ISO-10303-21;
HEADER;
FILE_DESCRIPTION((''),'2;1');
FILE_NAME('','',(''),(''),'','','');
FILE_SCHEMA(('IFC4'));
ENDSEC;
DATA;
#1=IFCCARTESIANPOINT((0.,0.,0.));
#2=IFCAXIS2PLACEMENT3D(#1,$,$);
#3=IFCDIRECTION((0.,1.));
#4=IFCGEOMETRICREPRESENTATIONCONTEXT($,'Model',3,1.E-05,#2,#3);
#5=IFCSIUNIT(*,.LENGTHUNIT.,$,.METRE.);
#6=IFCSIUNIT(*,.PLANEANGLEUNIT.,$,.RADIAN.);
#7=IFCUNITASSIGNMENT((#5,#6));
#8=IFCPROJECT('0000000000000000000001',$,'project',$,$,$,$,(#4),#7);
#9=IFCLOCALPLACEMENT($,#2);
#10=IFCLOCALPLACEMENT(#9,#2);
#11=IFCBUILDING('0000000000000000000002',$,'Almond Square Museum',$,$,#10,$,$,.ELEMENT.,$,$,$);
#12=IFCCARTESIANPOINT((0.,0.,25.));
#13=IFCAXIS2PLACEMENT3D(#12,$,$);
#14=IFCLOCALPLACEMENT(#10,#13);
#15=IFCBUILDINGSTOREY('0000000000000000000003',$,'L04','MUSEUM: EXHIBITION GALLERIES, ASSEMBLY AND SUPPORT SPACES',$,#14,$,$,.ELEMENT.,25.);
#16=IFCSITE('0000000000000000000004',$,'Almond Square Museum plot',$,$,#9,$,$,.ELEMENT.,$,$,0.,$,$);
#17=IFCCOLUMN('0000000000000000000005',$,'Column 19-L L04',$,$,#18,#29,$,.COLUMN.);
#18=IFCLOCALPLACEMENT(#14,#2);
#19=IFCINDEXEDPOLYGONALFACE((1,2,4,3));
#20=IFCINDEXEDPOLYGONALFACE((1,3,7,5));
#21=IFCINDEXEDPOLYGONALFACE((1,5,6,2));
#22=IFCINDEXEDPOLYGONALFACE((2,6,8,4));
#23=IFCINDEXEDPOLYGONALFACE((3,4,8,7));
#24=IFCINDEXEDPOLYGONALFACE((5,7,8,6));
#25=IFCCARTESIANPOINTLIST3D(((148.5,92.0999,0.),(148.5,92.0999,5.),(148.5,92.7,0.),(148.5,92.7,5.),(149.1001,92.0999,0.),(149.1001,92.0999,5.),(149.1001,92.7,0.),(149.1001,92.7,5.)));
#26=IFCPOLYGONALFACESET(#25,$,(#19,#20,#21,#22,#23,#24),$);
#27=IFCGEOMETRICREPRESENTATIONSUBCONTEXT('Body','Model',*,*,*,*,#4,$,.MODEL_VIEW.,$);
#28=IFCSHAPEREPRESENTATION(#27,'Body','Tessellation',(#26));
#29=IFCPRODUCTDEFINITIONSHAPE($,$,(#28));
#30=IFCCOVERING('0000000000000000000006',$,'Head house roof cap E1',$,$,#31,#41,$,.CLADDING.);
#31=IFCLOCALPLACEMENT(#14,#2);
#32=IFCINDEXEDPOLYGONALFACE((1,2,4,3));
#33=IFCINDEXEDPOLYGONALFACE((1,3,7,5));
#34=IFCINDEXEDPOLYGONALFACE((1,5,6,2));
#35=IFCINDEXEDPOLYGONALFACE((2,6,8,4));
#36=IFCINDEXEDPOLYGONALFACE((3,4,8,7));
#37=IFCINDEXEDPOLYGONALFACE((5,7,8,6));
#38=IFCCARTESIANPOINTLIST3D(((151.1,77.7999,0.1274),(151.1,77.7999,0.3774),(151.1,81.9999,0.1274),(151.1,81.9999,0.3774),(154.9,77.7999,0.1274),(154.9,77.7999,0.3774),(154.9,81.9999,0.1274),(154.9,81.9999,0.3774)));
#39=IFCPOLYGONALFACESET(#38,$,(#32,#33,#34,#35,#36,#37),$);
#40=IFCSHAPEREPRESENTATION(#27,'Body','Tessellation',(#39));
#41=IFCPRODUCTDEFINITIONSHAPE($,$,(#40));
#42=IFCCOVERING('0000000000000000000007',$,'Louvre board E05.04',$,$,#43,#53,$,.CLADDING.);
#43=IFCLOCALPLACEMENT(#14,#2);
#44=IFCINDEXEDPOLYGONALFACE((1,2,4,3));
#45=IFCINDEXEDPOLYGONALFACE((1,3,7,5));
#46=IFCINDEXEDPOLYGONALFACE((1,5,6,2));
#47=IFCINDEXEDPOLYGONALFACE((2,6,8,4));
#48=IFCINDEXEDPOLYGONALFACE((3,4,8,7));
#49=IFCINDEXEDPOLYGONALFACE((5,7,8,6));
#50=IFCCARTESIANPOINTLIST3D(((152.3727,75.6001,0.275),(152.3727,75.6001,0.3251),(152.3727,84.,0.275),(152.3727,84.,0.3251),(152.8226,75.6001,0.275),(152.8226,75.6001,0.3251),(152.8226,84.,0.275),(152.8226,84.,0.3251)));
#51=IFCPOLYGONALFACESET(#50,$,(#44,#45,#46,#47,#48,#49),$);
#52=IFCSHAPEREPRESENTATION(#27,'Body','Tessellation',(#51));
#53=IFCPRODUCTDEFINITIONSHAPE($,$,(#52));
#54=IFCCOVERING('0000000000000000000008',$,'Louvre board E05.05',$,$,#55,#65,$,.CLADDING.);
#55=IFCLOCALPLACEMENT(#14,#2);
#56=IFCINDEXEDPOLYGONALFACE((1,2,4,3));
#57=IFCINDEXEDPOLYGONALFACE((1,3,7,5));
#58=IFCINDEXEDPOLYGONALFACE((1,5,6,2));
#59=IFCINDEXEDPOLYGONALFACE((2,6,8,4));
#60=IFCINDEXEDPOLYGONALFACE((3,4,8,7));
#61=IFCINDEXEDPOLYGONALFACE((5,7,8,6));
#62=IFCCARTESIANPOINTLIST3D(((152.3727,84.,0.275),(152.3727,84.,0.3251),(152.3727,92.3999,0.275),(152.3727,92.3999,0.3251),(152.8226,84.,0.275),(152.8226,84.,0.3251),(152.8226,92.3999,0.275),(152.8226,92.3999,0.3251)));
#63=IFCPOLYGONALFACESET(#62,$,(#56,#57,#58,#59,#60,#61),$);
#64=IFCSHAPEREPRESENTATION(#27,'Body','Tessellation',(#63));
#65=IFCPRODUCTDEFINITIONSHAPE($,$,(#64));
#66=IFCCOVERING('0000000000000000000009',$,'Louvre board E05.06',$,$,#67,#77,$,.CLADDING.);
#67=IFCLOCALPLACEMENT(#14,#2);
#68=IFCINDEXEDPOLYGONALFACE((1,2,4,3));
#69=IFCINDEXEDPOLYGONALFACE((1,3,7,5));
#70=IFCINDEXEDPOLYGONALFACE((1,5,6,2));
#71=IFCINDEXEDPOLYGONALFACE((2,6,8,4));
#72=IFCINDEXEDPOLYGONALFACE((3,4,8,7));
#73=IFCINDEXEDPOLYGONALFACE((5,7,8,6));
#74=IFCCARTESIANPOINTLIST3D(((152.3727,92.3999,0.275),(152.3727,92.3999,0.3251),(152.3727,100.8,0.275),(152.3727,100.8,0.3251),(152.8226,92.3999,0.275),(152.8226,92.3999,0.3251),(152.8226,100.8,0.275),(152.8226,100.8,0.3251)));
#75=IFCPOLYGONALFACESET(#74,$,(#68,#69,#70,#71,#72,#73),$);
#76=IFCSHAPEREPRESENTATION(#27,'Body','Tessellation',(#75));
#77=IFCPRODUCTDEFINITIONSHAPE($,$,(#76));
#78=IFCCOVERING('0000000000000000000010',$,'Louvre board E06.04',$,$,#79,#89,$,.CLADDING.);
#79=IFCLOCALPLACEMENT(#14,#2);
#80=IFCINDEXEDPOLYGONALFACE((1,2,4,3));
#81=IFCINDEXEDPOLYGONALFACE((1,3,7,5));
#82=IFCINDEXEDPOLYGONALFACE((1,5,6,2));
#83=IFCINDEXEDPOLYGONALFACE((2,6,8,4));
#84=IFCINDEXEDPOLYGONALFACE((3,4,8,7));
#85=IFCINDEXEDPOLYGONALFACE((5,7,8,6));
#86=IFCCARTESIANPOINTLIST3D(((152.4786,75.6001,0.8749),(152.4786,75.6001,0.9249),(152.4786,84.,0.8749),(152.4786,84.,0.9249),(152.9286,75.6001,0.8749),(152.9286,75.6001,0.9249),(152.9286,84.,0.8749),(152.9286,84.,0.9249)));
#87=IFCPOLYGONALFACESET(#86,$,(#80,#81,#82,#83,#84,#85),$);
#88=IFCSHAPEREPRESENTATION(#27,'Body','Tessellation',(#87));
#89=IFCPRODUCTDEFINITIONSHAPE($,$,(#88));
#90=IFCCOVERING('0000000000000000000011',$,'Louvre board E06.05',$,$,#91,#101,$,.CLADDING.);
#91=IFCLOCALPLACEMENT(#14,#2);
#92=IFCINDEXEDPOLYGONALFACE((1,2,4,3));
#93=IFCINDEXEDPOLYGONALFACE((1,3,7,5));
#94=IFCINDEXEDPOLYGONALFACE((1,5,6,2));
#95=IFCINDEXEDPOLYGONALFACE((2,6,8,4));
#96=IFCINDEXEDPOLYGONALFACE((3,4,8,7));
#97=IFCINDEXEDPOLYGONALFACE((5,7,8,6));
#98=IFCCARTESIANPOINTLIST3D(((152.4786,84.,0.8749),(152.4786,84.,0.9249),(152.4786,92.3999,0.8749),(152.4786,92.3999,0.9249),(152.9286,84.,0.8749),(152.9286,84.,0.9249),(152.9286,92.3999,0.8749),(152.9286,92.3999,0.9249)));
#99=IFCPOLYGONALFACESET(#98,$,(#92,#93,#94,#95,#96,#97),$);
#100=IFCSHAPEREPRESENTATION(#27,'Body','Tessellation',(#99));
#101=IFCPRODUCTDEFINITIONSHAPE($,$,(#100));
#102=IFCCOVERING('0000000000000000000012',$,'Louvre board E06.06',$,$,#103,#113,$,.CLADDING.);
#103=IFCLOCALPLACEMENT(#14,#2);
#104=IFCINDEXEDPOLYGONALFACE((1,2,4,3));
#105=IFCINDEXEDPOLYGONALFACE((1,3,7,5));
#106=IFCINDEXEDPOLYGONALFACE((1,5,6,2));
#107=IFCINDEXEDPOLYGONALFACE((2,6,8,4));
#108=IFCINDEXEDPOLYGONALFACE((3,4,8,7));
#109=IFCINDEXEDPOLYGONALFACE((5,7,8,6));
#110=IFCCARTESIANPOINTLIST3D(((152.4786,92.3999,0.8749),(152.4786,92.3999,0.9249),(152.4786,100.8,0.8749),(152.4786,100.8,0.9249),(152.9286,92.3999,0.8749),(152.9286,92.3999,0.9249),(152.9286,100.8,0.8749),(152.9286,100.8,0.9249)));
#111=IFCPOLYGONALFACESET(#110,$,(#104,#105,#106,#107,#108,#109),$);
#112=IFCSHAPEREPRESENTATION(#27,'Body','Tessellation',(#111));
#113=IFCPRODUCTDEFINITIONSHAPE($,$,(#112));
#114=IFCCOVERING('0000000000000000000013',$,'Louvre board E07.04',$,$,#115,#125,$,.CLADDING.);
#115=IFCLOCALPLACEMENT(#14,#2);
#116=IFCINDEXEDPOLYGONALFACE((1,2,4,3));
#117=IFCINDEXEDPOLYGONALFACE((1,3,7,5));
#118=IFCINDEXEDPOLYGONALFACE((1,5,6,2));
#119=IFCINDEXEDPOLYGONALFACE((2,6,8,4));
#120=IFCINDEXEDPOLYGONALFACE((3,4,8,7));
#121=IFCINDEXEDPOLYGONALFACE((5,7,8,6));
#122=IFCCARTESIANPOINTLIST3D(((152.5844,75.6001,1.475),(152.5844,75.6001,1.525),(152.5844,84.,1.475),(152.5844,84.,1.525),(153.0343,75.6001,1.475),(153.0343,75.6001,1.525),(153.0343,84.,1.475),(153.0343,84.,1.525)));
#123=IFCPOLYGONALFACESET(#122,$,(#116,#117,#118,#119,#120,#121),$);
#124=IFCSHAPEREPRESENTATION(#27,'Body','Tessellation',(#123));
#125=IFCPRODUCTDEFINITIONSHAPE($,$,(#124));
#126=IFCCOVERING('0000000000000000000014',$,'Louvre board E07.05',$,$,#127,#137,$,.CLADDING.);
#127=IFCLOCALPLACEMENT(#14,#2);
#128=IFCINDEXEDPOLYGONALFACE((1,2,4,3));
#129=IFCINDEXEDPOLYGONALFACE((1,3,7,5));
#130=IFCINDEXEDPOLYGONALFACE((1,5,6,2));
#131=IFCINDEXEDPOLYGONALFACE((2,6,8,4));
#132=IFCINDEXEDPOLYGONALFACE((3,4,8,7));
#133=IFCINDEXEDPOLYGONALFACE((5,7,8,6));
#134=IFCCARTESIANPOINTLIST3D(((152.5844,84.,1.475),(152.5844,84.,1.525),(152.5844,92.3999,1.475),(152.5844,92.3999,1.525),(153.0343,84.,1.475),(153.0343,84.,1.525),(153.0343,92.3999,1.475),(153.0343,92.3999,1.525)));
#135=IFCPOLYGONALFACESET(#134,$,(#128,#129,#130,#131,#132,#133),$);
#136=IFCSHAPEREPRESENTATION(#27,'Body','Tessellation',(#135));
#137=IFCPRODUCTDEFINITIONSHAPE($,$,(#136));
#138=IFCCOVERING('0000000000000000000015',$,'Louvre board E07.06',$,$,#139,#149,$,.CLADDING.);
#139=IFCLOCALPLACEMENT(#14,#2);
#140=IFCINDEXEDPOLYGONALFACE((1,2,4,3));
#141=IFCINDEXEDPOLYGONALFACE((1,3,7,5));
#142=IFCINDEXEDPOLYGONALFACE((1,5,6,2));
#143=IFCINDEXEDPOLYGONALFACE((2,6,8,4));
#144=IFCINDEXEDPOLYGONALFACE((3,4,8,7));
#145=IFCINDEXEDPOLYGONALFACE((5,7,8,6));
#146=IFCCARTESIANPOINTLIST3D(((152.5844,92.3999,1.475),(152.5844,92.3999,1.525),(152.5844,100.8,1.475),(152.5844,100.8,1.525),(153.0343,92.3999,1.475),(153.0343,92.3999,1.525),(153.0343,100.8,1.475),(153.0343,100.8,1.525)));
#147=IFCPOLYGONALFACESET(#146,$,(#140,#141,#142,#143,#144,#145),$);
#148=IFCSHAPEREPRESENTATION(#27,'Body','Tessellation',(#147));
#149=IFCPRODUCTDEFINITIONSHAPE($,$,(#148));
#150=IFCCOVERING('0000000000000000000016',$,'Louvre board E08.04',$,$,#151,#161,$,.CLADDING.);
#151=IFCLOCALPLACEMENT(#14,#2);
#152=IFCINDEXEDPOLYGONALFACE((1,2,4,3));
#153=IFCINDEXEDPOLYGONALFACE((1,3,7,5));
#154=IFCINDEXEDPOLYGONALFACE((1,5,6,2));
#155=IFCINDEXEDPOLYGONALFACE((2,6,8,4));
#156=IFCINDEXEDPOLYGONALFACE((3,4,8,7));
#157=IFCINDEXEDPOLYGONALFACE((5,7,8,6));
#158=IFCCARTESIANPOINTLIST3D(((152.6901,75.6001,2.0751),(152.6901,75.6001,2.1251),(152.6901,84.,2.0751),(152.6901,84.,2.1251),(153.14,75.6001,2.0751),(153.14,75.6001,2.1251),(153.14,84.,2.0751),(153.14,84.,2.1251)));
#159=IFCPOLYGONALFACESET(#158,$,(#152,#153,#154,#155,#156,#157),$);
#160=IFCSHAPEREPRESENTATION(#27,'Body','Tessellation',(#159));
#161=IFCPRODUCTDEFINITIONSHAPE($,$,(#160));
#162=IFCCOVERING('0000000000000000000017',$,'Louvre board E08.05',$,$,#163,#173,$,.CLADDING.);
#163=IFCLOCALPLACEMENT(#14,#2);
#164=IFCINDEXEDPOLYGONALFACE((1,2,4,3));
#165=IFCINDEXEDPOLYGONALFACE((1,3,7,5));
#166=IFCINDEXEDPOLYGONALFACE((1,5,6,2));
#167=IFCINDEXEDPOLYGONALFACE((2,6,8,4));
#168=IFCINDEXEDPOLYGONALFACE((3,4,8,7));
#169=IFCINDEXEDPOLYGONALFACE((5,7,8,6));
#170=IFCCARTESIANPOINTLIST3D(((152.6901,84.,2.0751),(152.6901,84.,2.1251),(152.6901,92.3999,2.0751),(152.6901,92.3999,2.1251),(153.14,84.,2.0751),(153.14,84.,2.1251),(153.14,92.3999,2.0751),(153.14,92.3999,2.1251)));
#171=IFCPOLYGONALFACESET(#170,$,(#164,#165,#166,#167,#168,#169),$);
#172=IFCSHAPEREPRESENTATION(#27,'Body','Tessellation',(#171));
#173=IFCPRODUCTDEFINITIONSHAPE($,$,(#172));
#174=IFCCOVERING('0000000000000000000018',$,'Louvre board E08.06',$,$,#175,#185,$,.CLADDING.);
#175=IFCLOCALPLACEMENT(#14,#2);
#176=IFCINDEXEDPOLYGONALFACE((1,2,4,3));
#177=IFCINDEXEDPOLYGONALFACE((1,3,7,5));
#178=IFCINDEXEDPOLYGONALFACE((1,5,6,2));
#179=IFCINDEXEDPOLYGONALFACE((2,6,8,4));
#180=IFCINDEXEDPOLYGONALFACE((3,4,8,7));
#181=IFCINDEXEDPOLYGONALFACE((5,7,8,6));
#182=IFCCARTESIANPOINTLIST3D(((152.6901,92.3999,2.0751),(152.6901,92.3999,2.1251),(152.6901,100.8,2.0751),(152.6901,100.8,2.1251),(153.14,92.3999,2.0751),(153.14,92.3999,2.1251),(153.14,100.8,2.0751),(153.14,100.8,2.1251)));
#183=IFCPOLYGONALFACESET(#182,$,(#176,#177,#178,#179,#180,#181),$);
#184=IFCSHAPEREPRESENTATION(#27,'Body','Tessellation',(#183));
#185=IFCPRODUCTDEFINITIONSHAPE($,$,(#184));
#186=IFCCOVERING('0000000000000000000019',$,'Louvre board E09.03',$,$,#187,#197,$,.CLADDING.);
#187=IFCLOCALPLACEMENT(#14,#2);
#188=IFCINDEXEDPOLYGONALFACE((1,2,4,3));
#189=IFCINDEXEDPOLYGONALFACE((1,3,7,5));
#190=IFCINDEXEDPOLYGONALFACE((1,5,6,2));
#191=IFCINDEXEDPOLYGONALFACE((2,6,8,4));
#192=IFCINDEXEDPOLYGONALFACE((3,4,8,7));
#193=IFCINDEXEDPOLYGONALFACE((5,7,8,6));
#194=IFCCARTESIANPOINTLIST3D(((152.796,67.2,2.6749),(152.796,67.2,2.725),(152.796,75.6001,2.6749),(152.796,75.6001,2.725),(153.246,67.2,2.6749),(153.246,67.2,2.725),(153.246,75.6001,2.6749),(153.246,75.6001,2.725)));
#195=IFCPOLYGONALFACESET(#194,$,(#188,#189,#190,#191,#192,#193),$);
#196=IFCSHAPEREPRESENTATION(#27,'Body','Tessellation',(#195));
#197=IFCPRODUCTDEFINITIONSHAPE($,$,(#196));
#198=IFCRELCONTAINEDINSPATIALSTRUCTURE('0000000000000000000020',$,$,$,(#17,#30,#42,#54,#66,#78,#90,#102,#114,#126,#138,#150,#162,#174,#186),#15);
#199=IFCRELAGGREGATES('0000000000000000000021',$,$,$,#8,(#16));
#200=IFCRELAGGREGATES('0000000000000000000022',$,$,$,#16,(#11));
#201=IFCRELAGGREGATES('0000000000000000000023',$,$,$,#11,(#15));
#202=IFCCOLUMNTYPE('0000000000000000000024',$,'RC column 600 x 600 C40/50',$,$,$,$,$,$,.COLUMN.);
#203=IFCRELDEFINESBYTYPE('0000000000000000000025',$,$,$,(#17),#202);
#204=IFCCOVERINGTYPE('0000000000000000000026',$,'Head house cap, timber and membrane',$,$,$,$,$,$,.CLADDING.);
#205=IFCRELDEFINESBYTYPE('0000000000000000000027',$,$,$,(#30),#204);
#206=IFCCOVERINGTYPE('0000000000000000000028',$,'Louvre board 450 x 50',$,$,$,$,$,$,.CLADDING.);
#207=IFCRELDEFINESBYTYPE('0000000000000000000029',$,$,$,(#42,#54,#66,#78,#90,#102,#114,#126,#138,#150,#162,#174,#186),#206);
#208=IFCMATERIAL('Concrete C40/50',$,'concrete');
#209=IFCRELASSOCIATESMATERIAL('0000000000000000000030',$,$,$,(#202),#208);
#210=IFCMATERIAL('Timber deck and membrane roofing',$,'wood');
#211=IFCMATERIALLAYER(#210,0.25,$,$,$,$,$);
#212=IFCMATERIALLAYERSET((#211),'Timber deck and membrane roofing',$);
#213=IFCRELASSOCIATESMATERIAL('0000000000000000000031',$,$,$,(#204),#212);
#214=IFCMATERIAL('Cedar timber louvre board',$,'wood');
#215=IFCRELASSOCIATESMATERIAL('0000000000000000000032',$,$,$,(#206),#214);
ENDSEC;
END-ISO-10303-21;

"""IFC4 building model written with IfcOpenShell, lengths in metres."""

from ifc_helpers import new_model, si_unit, direction, frame, origin, origin_2d, place, context, subcontext, project, spatial, rectangle, extrude, material, layer, layer_set, material_profile, profile_set, type_object, element, save


model = new_model("IFC4")

# Units and contexts
model_context = context("Model", 3, precision=1e-05, world=origin(), true_north=direction((0.0, 1.0)))
body_context = subcontext(model_context, "Body", "Model", "MODEL_VIEW")
ifc_project = project(units=[si_unit("LENGTHUNIT", "METRE"), si_unit("PLANEANGLEUNIT", "RADIAN")], contexts=[model_context])

# Site, building, storey
site_placement = place(None, origin())
site = spatial("IfcSite", under=ifc_project, at=site_placement, Name="Almond Square Museum plot", CompositionType="ELEMENT", RefElevation=0.0)
building_placement = place(site_placement, origin())
building = spatial("IfcBuilding", under=site, at=building_placement, Name="Almond Square Museum", CompositionType="ELEMENT")
storey_placement = place(building_placement, frame((0.0, 0.0, 25.0)))
storey = spatial("IfcBuildingStorey", under=building, at=storey_placement, Name="L04", Description="MUSEUM: EXHIBITION GALLERIES, ASSEMBLY AND SUPPORT SPACES", CompositionType="ELEMENT", Elevation=25.0)

# Column
ifc_material_1 = material(Name="Concrete C40/50", Category="concrete")
ifc_material_profile_1 = material_profile(ifc_material_1, rectangle(XDim=0.6001, YDim=0.6001, at=origin_2d()))
ifc_profile_set_1 = profile_set([ifc_material_profile_1], Name="Concrete C40/50")
column_type = type_object("IfcColumnType", Name="RC column 600 x 600 C40/50", PredefinedType="COLUMN", material=ifc_profile_set_1)
column_placement = place(storey_placement, frame((148.8, 92.3999, 0.0), z_axis=(0.0, 0.0, 1.0), x_axis=(1.0, 0.0, 0.0)))
element("IfcColumn", 1, at=column_placement, inside=storey, type_object=column_type, Name="Column 19-L L04", PredefinedType="COLUMN", context=body_context, shape_type="SweptSolid", body=[
    extrude(rectangle(XDim=0.6001, YDim=0.6001, at=origin_2d()), origin(), (0.0, 0.0, 1.0), 5.0),
])

# Coverings
ifc_material_2 = material(Name="Timber deck and membrane roofing", Category="wood")
ifc_layer_1 = layer(ifc_material_2, 0.25)
ifc_layer_set_1 = layer_set([ifc_layer_1], Name="Timber deck and membrane roofing")
covering_type_1 = type_object("IfcCoveringType", Name="Head house cap, timber and membrane", PredefinedType="CLADDING", material=ifc_layer_set_1)
covering_1_placement = place(storey_placement, frame((153.0, 79.8999, 0.1274), z_axis=(0.0, 0.0, 1.0), x_axis=(1.0, 0.0, 0.0)))
element("IfcCovering", 2, at=covering_1_placement, inside=storey, type_object=covering_type_1, Name="Head house roof cap E1", PredefinedType="CLADDING", context=body_context, shape_type="SweptSolid", body=[
    extrude(rectangle(XDim=3.8, YDim=4.2, at=origin_2d()), origin(), (0.0, 0.0, 1.0), 0.25),
])
ifc_material_3 = material(Name="Cedar timber louvre board", Category="wood")
ifc_material_profile_2 = material_profile(ifc_material_3, rectangle(XDim=0.45, YDim=0.05, at=origin_2d()))
ifc_profile_set_2 = profile_set([ifc_material_profile_2], Name="Cedar timber louvre board")
covering_type_2 = type_object("IfcCoveringType", Name="Louvre board 450 x 50", PredefinedType="CLADDING", material=ifc_profile_set_2)
for number, where, z_axis, x_axis, name in (
    (3, (152.5977, 75.6001, 0.3), (0.0, 1.0, 0.0), (-1.0, 0.0, 0.0), "Louvre board E05.04"),
    (4, (152.5977, 84.0, 0.3), (0.0, 1.0, 0.0), (-1.0, 0.0, 0.0), "Louvre board E05.05"),
):
    element("IfcCovering", number, at=place(storey_placement, frame(where, z_axis=z_axis, x_axis=x_axis)), inside=storey, type_object=covering_type_2, Name=name, PredefinedType="CLADDING", context=body_context, shape_type="SweptSolid", body=[
        extrude(rectangle(XDim=0.45, YDim=0.05, at=origin_2d()), origin(), (0.0, 0.0, 1.0), 8.3999),
    ])
covering_2_placement = place(storey_placement, frame((152.5977, 92.3999, 0.3), z_axis=(0.0, 1.0, 0.0), x_axis=(-1.0, 0.0, 0.0)))
element("IfcCovering", 5, at=covering_2_placement, inside=storey, type_object=covering_type_2, Name="Louvre board E05.06", PredefinedType="CLADDING", context=body_context, shape_type="SweptSolid", body=[
    extrude(rectangle(XDim=0.45, YDim=0.05, at=origin_2d()), origin(), (0.0, 0.0, 1.0), 8.4001),
])
for number, where, z_axis, x_axis, name in (
    (6, (152.7036, 75.6001, 0.8999), (0.0, 1.0, 0.0), (-1.0, 0.0, 0.0), "Louvre board E06.04"),
    (7, (152.7036, 84.0, 0.8999), (0.0, 1.0, 0.0), (-1.0, 0.0, 0.0), "Louvre board E06.05"),
):
    element("IfcCovering", number, at=place(storey_placement, frame(where, z_axis=z_axis, x_axis=x_axis)), inside=storey, type_object=covering_type_2, Name=name, PredefinedType="CLADDING", context=body_context, shape_type="SweptSolid", body=[
        extrude(rectangle(XDim=0.45, YDim=0.05, at=origin_2d()), origin(), (0.0, 0.0, 1.0), 8.3999),
    ])
covering_3_placement = place(storey_placement, frame((152.7036, 92.3999, 0.8999), z_axis=(0.0, 1.0, 0.0), x_axis=(-1.0, 0.0, 0.0)))
element("IfcCovering", 8, at=covering_3_placement, inside=storey, type_object=covering_type_2, Name="Louvre board E06.06", PredefinedType="CLADDING", context=body_context, shape_type="SweptSolid", body=[
    extrude(rectangle(XDim=0.45, YDim=0.05, at=origin_2d()), origin(), (0.0, 0.0, 1.0), 8.4001),
])
for number, where, z_axis, x_axis, name in (
    (9, (152.8093, 75.6001, 1.5), (0.0, 1.0, 0.0), (-1.0, 0.0, 0.0), "Louvre board E07.04"),
    (10, (152.8093, 84.0, 1.5), (0.0, 1.0, 0.0), (-1.0, 0.0, 0.0), "Louvre board E07.05"),
):
    element("IfcCovering", number, at=place(storey_placement, frame(where, z_axis=z_axis, x_axis=x_axis)), inside=storey, type_object=covering_type_2, Name=name, PredefinedType="CLADDING", context=body_context, shape_type="SweptSolid", body=[
        extrude(rectangle(XDim=0.45, YDim=0.05, at=origin_2d()), origin(), (0.0, 0.0, 1.0), 8.3999),
    ])
covering_4_placement = place(storey_placement, frame((152.8093, 92.3999, 1.5), z_axis=(0.0, 1.0, 0.0), x_axis=(-1.0, 0.0, 0.0)))
element("IfcCovering", 11, at=covering_4_placement, inside=storey, type_object=covering_type_2, Name="Louvre board E07.06", PredefinedType="CLADDING", context=body_context, shape_type="SweptSolid", body=[
    extrude(rectangle(XDim=0.45, YDim=0.05, at=origin_2d()), origin(), (0.0, 0.0, 1.0), 8.4001),
])
for number, where, z_axis, x_axis, name in (
    (12, (152.915, 75.6001, 2.1001), (0.0, 1.0, 0.0), (-1.0, 0.0, 0.0), "Louvre board E08.04"),
    (13, (152.915, 84.0, 2.1001), (0.0, 1.0, 0.0), (-1.0, 0.0, 0.0), "Louvre board E08.05"),
):
    element("IfcCovering", number, at=place(storey_placement, frame(where, z_axis=z_axis, x_axis=x_axis)), inside=storey, type_object=covering_type_2, Name=name, PredefinedType="CLADDING", context=body_context, shape_type="SweptSolid", body=[
        extrude(rectangle(XDim=0.45, YDim=0.05, at=origin_2d()), origin(), (0.0, 0.0, 1.0), 8.3999),
    ])
for number, where, z_axis, x_axis, name in (
    (14, (152.915, 92.3999, 2.1001), (0.0, 1.0, 0.0), (-1.0, 0.0, 0.0), "Louvre board E08.06"),
    (15, (153.021, 67.2, 2.7), (0.0, 1.0, 0.0), (-1.0, 0.0, 0.0), "Louvre board E09.03"),
):
    element("IfcCovering", number, at=place(storey_placement, frame(where, z_axis=z_axis, x_axis=x_axis)), inside=storey, type_object=covering_type_2, Name=name, PredefinedType="CLADDING", context=body_context, shape_type="SweptSolid", body=[
        extrude(rectangle(XDim=0.45, YDim=0.05, at=origin_2d()), origin(), (0.0, 0.0, 1.0), 8.4001),
    ])

save(model, "model.ifc")
